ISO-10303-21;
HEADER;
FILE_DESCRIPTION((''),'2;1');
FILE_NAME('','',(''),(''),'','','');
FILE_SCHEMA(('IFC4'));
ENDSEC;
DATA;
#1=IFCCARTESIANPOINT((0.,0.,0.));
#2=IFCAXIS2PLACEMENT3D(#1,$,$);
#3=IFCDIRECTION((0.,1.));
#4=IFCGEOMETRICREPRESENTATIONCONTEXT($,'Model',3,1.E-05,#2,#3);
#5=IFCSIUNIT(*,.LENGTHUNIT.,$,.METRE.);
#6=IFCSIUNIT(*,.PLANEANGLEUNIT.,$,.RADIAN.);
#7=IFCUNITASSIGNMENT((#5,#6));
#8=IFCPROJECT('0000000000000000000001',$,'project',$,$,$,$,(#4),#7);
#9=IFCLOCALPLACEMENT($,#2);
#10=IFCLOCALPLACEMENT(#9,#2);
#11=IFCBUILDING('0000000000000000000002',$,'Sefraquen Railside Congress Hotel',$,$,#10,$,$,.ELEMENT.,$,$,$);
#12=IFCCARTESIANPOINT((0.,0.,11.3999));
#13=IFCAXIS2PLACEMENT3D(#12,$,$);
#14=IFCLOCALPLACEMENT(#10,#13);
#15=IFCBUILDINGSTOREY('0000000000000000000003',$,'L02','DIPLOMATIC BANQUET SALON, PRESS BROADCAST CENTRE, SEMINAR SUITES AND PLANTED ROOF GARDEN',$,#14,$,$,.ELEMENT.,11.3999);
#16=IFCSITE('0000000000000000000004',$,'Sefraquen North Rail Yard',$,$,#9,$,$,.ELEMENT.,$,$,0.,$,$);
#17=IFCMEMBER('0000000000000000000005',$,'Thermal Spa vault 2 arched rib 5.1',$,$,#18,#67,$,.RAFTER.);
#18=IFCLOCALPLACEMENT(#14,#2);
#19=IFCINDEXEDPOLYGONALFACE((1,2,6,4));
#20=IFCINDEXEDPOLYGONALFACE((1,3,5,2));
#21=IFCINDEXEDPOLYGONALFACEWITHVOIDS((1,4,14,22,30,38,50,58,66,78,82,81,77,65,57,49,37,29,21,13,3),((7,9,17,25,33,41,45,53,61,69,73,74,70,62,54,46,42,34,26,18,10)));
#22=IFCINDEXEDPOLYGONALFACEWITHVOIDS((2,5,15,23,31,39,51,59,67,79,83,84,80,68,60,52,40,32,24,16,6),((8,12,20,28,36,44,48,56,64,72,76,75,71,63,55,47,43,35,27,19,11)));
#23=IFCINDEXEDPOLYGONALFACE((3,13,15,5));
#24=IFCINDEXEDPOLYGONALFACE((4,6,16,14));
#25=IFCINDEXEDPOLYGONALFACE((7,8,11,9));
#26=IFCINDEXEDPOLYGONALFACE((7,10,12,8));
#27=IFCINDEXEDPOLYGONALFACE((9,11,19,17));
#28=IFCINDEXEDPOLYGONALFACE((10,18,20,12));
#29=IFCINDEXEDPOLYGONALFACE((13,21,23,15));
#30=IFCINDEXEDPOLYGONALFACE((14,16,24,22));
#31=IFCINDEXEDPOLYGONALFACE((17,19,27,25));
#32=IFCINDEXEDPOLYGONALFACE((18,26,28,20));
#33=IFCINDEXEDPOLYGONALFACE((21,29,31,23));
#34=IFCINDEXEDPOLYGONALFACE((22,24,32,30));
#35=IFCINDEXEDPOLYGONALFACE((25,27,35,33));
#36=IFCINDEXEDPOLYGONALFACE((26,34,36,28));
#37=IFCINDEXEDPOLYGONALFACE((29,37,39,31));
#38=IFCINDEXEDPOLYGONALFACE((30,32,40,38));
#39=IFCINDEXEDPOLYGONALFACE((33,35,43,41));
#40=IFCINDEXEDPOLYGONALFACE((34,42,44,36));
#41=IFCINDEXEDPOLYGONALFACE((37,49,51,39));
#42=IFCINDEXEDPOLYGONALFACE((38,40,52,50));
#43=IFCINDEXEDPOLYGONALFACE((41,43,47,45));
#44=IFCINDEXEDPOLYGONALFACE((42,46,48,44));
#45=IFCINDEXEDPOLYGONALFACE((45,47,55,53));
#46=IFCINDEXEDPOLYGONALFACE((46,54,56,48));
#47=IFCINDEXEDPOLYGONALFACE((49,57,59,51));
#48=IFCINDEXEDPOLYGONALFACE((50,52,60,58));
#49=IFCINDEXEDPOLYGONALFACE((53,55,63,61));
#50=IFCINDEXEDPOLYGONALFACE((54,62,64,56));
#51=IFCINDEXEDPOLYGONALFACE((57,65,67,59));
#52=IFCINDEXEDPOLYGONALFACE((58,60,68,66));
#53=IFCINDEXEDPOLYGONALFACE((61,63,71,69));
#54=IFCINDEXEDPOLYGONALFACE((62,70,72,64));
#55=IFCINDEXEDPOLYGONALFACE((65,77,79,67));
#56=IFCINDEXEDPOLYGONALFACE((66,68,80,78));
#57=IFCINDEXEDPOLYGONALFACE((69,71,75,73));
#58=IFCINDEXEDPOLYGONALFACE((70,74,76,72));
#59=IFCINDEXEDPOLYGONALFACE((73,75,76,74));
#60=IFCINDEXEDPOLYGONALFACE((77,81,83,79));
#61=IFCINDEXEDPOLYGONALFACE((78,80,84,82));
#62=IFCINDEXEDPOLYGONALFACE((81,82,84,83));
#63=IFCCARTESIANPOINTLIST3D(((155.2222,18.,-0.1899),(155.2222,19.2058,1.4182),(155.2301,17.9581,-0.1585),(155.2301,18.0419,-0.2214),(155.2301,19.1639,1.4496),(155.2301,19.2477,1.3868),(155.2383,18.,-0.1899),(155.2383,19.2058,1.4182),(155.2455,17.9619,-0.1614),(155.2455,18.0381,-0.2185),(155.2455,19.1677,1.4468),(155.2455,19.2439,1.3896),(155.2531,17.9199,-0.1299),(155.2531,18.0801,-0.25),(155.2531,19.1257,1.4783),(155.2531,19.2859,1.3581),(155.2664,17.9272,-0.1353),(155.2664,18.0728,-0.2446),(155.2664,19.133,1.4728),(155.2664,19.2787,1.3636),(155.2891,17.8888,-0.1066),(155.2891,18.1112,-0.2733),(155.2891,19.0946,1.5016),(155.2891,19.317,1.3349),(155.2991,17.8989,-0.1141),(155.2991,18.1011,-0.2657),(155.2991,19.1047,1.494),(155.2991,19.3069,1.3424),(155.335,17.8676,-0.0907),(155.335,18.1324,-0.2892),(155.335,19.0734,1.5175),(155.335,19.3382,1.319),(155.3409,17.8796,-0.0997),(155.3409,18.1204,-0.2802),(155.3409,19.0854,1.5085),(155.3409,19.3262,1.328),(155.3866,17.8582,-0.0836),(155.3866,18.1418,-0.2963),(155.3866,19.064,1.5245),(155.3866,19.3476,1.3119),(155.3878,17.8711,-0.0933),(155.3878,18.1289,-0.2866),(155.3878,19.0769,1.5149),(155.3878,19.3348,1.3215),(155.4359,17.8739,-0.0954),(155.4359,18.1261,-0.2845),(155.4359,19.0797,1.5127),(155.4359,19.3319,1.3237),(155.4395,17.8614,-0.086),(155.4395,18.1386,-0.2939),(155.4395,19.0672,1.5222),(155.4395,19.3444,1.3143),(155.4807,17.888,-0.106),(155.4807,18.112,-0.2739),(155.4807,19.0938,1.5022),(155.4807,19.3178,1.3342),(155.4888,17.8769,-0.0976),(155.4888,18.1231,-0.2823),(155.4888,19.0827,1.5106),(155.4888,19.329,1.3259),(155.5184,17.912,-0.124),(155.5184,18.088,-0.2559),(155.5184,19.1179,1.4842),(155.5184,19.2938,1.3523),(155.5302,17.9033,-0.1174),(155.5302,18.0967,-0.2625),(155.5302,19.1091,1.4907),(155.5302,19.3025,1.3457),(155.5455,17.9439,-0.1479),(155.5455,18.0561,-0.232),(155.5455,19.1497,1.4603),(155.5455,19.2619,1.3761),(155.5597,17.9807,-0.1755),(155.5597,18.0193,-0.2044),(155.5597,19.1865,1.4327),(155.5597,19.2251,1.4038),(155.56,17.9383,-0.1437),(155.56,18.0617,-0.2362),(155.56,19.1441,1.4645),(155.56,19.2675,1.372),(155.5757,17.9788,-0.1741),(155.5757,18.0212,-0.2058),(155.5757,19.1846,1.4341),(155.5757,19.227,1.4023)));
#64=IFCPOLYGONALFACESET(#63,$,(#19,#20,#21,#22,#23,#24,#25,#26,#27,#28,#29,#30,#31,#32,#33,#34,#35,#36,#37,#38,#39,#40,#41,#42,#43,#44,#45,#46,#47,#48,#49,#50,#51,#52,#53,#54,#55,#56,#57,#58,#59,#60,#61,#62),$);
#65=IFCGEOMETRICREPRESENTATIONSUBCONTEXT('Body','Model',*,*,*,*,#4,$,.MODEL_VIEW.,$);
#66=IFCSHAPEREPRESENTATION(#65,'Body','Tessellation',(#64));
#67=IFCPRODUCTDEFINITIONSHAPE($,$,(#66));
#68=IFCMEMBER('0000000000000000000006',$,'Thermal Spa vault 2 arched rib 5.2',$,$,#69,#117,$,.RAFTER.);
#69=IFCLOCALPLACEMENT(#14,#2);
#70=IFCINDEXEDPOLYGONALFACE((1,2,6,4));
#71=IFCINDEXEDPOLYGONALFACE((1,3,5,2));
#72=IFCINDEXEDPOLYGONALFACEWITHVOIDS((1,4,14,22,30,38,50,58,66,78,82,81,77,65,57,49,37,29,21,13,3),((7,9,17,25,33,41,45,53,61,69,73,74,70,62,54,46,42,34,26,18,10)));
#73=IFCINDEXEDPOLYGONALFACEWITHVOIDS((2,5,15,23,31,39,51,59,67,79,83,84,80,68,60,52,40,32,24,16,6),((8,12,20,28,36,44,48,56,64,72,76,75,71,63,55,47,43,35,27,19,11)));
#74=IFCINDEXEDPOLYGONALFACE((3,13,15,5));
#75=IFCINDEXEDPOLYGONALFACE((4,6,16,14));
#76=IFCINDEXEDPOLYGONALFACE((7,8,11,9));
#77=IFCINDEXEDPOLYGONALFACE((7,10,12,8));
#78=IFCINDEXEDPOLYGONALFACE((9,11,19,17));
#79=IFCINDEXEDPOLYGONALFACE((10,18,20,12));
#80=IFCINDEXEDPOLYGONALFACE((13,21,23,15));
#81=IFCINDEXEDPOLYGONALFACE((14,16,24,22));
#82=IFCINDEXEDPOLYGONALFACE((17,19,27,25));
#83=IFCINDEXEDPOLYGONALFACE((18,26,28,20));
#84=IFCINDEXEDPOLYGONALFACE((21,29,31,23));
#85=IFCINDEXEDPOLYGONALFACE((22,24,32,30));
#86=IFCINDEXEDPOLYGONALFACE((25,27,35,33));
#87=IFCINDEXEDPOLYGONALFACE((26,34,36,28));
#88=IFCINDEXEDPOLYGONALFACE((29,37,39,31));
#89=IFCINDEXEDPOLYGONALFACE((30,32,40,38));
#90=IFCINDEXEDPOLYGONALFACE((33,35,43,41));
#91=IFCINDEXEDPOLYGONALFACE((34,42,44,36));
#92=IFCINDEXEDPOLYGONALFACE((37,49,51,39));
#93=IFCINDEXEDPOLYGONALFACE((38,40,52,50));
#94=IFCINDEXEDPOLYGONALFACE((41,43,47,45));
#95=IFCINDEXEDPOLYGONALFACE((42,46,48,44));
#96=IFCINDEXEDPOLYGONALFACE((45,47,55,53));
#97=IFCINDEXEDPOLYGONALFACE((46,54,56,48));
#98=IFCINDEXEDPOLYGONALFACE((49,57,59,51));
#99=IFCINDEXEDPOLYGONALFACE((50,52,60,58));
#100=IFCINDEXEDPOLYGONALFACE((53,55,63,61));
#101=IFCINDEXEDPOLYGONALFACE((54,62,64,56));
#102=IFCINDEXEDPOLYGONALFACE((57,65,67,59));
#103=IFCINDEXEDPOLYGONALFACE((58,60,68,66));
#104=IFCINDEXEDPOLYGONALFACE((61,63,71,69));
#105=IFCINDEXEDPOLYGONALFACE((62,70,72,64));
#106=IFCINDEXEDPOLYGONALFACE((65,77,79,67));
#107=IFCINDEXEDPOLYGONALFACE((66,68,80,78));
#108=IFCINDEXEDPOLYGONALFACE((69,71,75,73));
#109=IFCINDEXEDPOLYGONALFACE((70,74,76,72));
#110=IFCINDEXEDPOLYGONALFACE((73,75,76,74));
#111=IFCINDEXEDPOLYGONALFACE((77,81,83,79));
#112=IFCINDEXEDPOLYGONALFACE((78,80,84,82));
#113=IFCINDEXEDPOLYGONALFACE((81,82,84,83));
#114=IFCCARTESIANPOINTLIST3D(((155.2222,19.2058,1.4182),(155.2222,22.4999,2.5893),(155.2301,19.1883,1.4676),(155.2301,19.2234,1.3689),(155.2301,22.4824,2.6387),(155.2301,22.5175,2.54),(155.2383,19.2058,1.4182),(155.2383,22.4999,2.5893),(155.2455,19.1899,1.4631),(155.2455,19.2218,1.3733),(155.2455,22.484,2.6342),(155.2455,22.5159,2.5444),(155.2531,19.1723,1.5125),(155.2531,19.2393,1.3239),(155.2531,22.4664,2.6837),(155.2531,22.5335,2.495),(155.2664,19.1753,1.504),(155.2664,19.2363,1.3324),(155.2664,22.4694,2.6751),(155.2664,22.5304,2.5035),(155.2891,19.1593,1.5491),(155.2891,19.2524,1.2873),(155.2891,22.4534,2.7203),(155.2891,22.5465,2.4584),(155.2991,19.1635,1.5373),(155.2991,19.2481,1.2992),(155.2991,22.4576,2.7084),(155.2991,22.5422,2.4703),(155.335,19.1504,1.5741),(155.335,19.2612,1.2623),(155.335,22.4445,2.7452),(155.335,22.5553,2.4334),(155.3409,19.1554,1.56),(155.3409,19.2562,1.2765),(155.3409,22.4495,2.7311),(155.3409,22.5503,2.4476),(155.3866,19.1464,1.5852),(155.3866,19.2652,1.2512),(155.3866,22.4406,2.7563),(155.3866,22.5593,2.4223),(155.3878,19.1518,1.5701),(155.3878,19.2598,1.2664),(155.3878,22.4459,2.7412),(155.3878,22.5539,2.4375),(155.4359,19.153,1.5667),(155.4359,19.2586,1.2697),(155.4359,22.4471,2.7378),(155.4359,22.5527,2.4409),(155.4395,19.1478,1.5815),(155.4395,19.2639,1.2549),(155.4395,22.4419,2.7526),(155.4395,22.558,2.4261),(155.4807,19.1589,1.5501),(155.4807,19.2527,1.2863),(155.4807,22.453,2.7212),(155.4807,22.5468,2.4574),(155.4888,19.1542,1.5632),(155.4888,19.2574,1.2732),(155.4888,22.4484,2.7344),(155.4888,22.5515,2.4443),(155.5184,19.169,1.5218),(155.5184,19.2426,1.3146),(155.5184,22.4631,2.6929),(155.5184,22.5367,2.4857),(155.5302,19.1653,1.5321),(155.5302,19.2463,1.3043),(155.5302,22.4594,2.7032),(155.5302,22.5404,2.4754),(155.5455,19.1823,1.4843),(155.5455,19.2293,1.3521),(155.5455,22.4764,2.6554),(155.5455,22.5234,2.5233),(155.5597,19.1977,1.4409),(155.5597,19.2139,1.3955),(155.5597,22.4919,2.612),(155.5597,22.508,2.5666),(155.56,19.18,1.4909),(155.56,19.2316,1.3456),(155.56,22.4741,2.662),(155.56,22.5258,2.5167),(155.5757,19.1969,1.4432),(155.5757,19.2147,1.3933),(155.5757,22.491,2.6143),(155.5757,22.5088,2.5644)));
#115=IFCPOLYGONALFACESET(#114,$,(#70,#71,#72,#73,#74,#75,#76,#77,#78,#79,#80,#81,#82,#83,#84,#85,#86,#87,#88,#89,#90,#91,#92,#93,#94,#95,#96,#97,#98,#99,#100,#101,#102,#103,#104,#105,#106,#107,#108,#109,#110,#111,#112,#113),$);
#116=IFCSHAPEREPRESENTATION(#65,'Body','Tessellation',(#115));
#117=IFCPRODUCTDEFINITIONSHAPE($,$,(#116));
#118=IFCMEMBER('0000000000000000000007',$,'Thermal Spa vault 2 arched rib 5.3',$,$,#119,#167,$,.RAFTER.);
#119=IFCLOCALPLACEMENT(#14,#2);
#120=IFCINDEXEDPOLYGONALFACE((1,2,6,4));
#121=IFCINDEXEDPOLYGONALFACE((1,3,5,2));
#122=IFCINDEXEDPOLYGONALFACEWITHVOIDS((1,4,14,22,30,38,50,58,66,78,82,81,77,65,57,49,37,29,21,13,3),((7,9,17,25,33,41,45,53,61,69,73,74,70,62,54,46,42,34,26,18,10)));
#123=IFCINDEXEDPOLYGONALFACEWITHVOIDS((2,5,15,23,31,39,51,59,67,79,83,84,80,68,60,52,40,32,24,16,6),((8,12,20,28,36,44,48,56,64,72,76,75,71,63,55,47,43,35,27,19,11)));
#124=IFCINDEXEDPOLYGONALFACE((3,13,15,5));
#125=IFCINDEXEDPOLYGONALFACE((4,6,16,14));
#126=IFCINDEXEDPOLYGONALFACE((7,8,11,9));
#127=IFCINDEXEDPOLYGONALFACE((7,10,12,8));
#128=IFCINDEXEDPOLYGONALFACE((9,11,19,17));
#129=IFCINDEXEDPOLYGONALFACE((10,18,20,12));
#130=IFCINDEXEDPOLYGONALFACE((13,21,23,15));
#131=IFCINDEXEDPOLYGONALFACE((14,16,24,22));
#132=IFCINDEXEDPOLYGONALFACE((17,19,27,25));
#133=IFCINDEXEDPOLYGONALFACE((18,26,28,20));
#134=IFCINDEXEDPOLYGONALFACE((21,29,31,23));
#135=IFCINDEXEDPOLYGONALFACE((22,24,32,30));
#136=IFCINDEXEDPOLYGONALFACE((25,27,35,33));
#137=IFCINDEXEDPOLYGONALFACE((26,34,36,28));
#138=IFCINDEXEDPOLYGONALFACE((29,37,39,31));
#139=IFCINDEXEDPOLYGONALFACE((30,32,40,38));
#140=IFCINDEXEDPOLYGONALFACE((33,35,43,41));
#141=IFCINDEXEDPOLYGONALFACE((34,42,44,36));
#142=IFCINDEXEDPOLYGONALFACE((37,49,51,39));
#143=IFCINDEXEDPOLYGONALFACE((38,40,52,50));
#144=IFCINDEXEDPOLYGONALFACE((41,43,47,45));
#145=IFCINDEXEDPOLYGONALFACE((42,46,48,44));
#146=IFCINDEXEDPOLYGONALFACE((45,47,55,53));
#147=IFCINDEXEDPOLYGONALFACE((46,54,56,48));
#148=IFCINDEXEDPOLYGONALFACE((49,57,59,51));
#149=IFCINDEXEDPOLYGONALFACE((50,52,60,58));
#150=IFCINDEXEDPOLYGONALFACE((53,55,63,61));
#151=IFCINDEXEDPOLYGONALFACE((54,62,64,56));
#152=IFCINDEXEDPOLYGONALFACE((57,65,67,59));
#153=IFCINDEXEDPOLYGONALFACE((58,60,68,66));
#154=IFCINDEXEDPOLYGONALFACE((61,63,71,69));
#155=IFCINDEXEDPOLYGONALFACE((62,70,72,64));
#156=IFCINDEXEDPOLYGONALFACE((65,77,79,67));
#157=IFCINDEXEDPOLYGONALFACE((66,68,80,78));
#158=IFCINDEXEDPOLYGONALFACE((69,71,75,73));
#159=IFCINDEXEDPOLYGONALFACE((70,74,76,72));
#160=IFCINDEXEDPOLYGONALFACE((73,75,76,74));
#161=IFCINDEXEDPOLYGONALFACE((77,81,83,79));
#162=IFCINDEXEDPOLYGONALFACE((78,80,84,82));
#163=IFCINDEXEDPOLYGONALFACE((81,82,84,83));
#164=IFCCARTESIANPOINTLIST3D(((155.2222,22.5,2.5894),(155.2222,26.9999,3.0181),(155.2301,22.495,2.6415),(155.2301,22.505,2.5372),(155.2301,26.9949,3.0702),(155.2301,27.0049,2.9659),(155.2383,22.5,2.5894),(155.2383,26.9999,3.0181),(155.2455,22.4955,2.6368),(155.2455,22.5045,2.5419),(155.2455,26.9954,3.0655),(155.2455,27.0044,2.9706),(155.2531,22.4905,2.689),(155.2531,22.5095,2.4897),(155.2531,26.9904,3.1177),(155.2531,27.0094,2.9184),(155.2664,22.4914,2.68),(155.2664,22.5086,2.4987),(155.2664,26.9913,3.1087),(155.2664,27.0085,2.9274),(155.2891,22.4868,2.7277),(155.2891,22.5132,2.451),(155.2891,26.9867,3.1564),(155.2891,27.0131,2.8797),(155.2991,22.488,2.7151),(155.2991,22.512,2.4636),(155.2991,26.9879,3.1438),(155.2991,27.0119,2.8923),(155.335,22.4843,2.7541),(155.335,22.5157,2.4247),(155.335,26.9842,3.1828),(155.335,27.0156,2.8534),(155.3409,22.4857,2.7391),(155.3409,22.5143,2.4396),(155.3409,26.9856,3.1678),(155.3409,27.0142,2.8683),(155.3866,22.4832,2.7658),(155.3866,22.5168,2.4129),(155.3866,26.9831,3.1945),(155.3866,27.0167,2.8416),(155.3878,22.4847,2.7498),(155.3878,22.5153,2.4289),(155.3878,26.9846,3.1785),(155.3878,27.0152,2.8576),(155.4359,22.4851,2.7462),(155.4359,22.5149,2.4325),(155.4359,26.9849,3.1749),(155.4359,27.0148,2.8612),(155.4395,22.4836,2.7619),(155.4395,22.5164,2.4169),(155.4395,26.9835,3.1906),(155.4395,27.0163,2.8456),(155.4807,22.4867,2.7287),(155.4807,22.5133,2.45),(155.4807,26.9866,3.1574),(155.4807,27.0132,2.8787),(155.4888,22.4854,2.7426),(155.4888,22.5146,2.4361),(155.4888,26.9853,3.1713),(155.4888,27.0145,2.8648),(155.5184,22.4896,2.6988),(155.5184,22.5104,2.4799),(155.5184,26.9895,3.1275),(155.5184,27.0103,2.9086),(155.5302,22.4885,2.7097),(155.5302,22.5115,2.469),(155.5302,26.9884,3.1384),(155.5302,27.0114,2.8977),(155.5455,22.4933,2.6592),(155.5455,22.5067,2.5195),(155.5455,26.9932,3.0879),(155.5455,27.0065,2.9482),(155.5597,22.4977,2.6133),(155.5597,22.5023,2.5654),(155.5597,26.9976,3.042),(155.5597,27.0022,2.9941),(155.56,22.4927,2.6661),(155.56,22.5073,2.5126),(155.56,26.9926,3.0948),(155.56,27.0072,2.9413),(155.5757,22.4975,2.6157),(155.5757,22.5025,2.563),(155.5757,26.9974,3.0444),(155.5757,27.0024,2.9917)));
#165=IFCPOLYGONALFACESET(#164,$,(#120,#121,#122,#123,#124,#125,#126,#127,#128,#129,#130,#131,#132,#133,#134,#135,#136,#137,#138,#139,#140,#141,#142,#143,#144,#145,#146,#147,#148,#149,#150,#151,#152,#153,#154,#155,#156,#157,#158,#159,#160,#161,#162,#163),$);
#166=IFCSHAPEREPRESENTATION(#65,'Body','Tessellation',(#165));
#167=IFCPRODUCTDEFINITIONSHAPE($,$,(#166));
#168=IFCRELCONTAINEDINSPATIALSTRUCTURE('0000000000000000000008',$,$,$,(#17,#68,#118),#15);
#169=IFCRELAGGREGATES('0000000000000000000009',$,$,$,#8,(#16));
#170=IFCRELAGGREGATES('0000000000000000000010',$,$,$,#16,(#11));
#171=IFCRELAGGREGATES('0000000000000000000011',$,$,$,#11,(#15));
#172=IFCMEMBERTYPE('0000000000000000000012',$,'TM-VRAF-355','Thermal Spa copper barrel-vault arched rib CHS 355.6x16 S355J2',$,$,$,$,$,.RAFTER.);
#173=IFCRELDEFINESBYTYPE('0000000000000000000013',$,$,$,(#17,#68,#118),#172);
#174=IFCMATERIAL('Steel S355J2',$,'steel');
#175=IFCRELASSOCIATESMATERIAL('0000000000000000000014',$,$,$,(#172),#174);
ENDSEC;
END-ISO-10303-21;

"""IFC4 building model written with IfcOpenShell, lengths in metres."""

from ifc_helpers import new_model, si_unit, direction, frame, origin, origin_2d, place, context, subcontext, project, spatial, hollow_circle, extrude, material, material_profile, profile_set, type_object, element, save


model = new_model("IFC4")

# Units and contexts
model_context = context("Model", 3, precision=1e-05, world=origin(), true_north=direction((0.0, 1.0)))
body_context = subcontext(model_context, "Body", "Model", "MODEL_VIEW")
ifc_project = project(units=[si_unit("LENGTHUNIT", "METRE"), si_unit("PLANEANGLEUNIT", "RADIAN")], contexts=[model_context])

# Site, building, storey
site_placement = place(None, origin())
site = spatial("IfcSite", under=ifc_project, at=site_placement, Name="Sefraquen North Rail Yard", CompositionType="ELEMENT", RefElevation=0.0)
building_placement = place(site_placement, origin())
building = spatial("IfcBuilding", under=site, at=building_placement, Name="Sefraquen Railside Congress Hotel", CompositionType="ELEMENT")
storey_placement = place(building_placement, frame((0.0, 0.0, 11.3999)))
storey = spatial("IfcBuildingStorey", under=building, at=storey_placement, Name="L02", Description="DIPLOMATIC BANQUET SALON, PRESS BROADCAST CENTRE, SEMINAR SUITES AND PLANTED ROOF GARDEN", CompositionType="ELEMENT", Elevation=11.3999)

# Members
ifc_material_1 = material(Name="Steel S355J2", Category="steel")
ifc_material_profile_1 = material_profile(ifc_material_1, hollow_circle(Radius=0.1777, WallThickness=0.0161, at=origin_2d()), Name="CHS 355.6x16")
ifc_profile_set_1 = profile_set([ifc_material_profile_1], Name="Steel S355J2")
member_type = type_object("IfcMemberType", Name="TM-VRAF-355", Description="Thermal Spa copper barrel-vault arched rib CHS 355.6x16 S355J2", PredefinedType="RAFTER", material=ifc_profile_set_1)
member_1_placement = place(storey_placement, frame((155.3999, 18.0, -0.1899), z_axis=(0.0, 0.599903, 0.800073), x_axis=(-1.0, 0.0, 0.0)))
element("IfcMember", 1, at=member_1_placement, inside=storey, type_object=member_type, Name="Thermal Spa vault 2 arched rib 5.1", PredefinedType="RAFTER", context=body_context, shape_type="SweptSolid", body=[
    extrude(hollow_circle(Radius=0.1777, WallThickness=0.0161, at=origin_2d()), origin(), (0.0, 0.0, 1.0), 2.01),
])
member_2_placement = place(storey_placement, frame((155.3999, 19.2058, 1.4182), z_axis=(0.0, 0.942226, 0.334978), x_axis=(-1.0, 0.0, 0.0)))
element("IfcMember", 2, at=member_2_placement, inside=storey, type_object=member_type, Name="Thermal Spa vault 2 arched rib 5.2", PredefinedType="RAFTER", context=body_context, shape_type="SweptSolid", body=[
    extrude(hollow_circle(Radius=0.1777, WallThickness=0.0161, at=origin_2d()), origin(), (0.0, 0.0, 1.0), 3.4961),
])
for number, where, z_axis, x_axis, name in (
    (3, (155.3999, 22.5, 2.5894), (0.0, 0.995493, 0.09484), (-1.0, 0.0, 0.0), "Thermal Spa vault 2 arched rib 5.3"),
):
    element("IfcMember", number, at=place(storey_placement, frame(where, z_axis=z_axis, x_axis=x_axis)), inside=storey, type_object=member_type, Name=name, PredefinedType="RAFTER", context=body_context, shape_type="SweptSolid", body=[
        extrude(hollow_circle(Radius=0.1777, WallThickness=0.0161, at=origin_2d()), origin(), (0.0, 0.0, 1.0), 4.5203),
    ])

save(model, "model.ifc")
